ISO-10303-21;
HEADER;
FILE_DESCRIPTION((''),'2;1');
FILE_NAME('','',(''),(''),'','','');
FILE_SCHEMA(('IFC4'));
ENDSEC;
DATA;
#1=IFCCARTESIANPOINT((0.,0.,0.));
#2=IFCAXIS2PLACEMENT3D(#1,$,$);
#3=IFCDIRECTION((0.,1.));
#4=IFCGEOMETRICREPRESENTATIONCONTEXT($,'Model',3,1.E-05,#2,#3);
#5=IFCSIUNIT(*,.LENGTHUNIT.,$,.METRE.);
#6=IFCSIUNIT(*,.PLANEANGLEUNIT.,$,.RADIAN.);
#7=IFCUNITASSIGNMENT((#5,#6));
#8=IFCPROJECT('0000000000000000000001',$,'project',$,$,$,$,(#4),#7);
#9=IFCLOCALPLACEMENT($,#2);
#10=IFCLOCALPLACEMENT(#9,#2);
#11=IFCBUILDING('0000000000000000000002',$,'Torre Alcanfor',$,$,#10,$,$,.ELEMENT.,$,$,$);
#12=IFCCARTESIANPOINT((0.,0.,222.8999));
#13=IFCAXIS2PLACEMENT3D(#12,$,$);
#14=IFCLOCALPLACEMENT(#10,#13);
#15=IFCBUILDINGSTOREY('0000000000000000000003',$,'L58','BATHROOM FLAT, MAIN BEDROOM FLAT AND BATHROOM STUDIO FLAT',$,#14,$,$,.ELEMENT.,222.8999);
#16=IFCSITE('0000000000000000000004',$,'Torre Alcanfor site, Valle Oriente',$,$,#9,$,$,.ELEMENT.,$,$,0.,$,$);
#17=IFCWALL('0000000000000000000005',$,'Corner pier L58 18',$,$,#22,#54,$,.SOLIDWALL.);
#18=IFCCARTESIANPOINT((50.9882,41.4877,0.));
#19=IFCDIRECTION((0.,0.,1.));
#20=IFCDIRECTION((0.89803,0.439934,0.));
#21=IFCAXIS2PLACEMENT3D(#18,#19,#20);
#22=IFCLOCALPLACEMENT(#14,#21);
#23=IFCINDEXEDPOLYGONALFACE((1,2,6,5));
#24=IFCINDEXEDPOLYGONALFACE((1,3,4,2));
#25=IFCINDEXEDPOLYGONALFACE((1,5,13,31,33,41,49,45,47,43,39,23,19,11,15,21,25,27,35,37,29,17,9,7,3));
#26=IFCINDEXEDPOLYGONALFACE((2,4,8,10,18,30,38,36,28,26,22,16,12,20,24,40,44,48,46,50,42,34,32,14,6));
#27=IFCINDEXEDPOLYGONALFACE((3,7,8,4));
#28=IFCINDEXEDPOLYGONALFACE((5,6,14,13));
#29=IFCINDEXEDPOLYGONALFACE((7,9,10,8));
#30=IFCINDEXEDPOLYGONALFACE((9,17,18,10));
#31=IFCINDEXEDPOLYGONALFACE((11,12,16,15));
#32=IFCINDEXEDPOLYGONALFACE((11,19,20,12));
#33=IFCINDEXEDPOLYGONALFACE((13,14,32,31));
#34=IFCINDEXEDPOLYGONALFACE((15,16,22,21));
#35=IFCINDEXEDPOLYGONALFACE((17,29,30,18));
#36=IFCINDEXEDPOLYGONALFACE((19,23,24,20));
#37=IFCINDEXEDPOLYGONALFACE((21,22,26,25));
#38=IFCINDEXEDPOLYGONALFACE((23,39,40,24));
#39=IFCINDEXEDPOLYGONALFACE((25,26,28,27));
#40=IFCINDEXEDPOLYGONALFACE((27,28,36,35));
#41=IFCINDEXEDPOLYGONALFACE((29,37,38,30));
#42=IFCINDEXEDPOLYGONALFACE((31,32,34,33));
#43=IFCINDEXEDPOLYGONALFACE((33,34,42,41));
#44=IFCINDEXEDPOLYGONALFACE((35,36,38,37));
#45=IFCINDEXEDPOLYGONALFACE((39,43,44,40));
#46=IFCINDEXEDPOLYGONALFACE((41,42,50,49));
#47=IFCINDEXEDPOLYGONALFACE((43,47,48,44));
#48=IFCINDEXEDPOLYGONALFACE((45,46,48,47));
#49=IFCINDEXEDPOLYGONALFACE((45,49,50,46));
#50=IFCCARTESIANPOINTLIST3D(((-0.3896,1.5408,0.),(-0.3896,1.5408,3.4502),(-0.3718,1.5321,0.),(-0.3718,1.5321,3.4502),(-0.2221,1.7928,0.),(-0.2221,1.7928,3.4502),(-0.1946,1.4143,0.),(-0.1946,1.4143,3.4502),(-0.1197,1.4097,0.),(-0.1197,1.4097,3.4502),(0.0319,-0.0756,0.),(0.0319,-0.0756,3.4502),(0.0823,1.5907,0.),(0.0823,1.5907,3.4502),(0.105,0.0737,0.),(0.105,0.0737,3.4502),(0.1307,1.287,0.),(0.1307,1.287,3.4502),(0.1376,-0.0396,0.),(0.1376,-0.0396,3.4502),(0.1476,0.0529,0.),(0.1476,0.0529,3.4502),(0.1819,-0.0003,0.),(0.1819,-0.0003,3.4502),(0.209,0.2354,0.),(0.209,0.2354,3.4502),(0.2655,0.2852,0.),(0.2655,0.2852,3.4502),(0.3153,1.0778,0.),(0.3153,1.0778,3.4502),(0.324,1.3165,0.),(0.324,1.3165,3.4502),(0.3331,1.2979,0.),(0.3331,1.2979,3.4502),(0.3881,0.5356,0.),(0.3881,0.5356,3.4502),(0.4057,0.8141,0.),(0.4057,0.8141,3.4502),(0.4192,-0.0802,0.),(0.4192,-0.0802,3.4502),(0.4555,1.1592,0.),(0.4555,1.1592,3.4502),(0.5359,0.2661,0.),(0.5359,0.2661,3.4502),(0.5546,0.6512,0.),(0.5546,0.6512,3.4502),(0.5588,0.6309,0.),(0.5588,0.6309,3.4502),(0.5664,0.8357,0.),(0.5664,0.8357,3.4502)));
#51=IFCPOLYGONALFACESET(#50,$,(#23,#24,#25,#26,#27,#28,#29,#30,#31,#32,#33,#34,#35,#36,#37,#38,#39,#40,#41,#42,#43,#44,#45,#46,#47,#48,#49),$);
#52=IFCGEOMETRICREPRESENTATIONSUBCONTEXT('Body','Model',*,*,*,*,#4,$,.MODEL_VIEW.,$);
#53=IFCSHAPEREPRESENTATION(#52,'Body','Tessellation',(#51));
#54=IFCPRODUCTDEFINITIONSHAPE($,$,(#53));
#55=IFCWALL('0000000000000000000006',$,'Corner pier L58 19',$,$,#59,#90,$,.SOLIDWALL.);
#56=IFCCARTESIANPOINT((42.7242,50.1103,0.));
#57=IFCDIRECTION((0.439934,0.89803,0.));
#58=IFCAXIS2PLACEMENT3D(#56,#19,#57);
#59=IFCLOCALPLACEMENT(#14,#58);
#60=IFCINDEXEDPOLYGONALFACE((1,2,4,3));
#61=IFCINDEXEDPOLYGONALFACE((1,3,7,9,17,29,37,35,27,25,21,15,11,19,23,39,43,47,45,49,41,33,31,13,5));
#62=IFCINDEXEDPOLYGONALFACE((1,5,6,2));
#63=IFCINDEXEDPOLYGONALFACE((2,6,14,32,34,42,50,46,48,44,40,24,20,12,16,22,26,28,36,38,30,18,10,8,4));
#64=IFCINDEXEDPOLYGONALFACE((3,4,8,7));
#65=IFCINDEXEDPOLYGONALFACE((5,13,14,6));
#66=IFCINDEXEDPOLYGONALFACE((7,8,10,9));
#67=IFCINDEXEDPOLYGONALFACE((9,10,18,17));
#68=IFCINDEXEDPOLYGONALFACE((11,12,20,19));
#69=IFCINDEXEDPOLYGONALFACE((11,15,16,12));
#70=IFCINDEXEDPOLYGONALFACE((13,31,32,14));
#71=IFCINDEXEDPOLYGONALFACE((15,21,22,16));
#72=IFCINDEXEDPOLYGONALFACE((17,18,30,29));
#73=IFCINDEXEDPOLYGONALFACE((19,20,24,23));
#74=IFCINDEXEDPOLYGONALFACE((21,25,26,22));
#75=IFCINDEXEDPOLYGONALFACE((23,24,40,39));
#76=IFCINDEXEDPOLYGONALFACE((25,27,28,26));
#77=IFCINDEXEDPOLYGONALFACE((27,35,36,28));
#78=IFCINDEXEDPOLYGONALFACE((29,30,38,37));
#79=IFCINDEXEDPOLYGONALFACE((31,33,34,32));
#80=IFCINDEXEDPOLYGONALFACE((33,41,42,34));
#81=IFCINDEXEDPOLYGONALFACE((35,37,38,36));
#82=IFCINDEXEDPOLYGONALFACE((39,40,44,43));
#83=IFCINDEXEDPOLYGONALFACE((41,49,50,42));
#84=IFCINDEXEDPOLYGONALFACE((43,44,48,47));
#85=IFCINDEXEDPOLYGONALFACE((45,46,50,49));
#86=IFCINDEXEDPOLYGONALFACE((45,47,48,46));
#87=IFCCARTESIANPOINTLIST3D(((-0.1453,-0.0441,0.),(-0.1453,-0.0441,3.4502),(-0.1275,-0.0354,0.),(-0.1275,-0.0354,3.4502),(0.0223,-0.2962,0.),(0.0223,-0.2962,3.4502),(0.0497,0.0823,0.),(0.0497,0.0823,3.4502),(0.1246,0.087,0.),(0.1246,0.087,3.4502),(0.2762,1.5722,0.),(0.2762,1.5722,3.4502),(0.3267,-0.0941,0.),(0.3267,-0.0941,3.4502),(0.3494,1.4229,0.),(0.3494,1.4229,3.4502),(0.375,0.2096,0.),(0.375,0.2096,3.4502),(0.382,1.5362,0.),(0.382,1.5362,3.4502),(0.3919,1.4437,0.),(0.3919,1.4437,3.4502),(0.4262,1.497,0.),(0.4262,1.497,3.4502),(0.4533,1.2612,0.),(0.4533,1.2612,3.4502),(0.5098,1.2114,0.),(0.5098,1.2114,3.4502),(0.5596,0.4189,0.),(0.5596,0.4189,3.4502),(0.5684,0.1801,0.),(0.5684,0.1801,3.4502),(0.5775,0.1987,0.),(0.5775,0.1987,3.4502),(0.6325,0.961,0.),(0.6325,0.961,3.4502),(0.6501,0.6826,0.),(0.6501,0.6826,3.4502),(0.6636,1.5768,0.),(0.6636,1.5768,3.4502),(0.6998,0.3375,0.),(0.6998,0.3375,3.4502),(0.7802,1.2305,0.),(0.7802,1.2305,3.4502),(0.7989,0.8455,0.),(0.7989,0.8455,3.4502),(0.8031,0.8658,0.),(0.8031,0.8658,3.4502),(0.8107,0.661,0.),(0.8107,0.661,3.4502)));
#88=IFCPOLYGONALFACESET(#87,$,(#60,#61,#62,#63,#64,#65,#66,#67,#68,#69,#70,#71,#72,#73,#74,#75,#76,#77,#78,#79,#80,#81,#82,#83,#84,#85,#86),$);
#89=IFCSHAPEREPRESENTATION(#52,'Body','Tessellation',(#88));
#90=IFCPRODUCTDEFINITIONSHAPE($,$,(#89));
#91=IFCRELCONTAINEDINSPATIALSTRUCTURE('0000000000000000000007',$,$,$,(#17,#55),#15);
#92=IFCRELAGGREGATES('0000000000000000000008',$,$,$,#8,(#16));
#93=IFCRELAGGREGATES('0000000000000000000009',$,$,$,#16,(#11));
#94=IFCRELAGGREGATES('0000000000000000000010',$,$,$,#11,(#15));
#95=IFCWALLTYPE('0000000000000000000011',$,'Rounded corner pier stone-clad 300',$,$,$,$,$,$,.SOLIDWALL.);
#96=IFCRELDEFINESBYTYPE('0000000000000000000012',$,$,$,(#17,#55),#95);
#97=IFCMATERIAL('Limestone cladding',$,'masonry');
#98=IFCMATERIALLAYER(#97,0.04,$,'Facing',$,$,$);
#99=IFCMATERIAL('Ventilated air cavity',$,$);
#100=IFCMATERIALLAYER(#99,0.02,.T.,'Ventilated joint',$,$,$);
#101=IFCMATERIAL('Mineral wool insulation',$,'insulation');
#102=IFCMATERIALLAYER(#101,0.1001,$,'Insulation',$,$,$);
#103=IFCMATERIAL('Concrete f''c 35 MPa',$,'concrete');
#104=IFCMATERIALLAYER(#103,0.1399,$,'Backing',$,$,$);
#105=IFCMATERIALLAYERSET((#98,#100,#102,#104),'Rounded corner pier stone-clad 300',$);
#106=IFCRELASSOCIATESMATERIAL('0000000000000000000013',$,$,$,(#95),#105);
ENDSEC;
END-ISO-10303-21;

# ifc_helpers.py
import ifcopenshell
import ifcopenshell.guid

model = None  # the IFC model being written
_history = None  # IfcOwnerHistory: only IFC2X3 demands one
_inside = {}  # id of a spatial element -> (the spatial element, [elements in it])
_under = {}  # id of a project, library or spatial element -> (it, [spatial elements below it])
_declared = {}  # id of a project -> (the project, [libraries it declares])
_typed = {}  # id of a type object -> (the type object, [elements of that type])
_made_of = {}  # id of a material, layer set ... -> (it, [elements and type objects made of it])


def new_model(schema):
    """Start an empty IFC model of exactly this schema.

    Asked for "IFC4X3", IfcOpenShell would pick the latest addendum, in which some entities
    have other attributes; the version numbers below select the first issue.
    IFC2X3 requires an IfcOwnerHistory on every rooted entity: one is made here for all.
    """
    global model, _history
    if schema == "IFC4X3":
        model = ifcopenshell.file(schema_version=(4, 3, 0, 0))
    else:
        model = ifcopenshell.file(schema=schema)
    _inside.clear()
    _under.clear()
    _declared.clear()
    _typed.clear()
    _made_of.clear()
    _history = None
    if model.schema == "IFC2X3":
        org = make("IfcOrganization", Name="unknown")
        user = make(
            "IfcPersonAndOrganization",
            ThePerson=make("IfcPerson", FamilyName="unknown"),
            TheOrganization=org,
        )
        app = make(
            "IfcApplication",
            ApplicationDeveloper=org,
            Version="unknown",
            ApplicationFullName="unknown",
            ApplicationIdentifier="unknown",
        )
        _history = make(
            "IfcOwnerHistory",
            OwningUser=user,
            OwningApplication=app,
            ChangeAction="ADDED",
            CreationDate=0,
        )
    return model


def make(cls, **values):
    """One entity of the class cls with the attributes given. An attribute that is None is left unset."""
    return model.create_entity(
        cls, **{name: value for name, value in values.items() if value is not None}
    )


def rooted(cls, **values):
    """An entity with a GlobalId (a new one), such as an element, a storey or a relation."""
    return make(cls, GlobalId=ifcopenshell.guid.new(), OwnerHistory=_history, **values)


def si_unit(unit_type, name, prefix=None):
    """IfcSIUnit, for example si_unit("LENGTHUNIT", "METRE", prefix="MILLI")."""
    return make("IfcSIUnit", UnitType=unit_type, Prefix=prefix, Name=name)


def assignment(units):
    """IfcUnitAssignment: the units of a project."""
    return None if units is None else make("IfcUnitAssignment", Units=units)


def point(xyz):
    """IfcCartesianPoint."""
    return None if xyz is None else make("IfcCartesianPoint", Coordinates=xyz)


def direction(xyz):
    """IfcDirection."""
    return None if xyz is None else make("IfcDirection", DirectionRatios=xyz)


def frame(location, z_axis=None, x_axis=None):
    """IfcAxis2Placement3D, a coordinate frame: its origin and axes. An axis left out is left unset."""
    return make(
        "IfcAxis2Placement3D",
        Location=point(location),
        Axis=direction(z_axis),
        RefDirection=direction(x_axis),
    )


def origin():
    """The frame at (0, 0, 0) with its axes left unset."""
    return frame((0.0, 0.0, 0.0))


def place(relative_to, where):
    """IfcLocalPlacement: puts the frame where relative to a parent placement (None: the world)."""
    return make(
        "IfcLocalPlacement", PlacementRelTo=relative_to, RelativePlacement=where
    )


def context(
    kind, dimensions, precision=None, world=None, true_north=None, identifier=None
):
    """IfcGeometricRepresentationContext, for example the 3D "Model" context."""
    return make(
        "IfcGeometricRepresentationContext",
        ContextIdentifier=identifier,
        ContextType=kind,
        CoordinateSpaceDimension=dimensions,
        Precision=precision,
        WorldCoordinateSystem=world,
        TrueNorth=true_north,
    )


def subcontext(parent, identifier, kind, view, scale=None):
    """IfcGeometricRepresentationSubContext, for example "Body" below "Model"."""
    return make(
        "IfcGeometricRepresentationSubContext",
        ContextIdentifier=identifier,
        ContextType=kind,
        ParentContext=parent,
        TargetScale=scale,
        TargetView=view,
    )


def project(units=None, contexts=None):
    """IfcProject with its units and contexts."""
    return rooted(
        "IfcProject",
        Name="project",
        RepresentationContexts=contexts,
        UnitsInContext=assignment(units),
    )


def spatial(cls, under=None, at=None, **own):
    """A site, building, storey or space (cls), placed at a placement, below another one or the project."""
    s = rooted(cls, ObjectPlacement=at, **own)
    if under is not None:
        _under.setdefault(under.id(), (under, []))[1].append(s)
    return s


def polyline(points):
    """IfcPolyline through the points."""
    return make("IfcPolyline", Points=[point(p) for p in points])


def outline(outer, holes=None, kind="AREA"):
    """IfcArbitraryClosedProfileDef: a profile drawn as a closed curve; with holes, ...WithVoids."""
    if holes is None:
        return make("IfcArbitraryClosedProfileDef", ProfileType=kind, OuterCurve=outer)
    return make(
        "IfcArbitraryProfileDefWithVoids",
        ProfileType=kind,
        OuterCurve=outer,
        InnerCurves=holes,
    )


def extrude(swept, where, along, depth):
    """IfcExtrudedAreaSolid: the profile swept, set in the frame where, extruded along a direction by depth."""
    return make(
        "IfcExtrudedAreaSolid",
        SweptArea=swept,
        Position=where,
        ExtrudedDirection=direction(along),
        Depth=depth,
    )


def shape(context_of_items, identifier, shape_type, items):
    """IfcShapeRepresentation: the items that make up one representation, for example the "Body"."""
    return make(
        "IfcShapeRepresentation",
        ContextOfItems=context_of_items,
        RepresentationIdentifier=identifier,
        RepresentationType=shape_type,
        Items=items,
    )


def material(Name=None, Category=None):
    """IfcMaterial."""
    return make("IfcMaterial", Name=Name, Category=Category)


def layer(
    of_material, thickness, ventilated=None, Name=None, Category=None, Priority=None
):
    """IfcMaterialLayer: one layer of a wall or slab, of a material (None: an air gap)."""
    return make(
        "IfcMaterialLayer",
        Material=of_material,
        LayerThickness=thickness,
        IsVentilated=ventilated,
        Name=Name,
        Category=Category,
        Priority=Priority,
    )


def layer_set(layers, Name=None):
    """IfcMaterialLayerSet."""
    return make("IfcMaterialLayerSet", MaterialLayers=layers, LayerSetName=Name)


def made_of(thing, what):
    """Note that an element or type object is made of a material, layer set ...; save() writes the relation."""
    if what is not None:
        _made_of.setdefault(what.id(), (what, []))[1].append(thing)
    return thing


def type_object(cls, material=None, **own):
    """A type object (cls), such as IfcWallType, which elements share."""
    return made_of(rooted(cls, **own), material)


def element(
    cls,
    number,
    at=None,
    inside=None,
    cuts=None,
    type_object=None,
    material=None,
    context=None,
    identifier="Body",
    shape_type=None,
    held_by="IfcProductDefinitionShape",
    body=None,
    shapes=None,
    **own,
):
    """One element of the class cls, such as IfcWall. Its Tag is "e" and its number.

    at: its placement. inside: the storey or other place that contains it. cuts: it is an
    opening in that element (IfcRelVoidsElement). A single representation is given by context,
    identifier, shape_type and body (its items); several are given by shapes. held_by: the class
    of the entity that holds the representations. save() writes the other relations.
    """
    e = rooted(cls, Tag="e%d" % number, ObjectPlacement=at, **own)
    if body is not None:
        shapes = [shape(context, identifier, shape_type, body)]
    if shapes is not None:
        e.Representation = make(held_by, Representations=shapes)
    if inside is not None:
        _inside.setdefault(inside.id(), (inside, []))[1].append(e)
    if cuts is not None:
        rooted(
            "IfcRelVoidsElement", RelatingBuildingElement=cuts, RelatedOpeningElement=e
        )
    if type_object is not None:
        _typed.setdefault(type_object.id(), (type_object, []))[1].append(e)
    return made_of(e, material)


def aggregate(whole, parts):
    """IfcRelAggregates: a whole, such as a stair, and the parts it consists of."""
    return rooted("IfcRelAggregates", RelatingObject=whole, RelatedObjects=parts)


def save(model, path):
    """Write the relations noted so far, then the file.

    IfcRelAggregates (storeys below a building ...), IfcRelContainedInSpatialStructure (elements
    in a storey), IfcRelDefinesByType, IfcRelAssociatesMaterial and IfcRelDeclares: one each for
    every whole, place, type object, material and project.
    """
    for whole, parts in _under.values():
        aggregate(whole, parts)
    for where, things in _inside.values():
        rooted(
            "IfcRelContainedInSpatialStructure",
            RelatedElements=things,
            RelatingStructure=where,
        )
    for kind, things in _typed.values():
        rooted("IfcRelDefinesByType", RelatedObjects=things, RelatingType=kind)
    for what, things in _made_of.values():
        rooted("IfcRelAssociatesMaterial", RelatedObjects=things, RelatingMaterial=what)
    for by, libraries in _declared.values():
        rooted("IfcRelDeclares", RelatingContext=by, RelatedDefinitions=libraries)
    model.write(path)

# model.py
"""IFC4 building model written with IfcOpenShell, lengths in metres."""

from ifc_helpers import new_model, si_unit, direction, frame, origin, place, context, subcontext, project, spatial, polyline, outline, extrude, material, layer, layer_set, type_object, element, save


model = new_model("IFC4")

# Units and contexts
model_context = context("Model", 3, precision=1e-05, world=origin(), true_north=direction((0.0, 1.0)))
body_context = subcontext(model_context, "Body", "Model", "MODEL_VIEW")
ifc_project = project(units=[si_unit("LENGTHUNIT", "METRE"), si_unit("PLANEANGLEUNIT", "RADIAN")], contexts=[model_context])

# Site, building, storey
site_placement = place(None, origin())
site = spatial("IfcSite", under=ifc_project, at=site_placement, Name="Torre Alcanfor site, Valle Oriente", CompositionType="ELEMENT", RefElevation=0.0)
building_placement = place(site_placement, origin())
building = spatial("IfcBuilding", under=site, at=building_placement, Name="Torre Alcanfor", CompositionType="ELEMENT")
storey_placement = place(building_placement, frame((0.0, 0.0, 222.8999)))
storey = spatial("IfcBuildingStorey", under=building, at=storey_placement, Name="L58", Description="BATHROOM FLAT, MAIN BEDROOM FLAT AND BATHROOM STUDIO FLAT", CompositionType="ELEMENT", Elevation=222.8999)

# Shared definitions
ifc_material_1 = material(Name="Limestone cladding", Category="masonry")
ifc_material_2 = material(Name="Ventilated air cavity")
ifc_material_3 = material(Name="Mineral wool insulation", Category="insulation")
ifc_material_4 = material(Name="Concrete f'c 35 MPa", Category="concrete")

# Walls
ifc_layer_1 = layer(ifc_material_1, 0.04, Name="Facing")
ifc_layer_2 = layer(ifc_material_2, 0.02, ventilated=True, Name="Ventilated joint")
ifc_layer_3 = layer(ifc_material_3, 0.1001, Name="Insulation")
ifc_layer_4 = layer(ifc_material_4, 0.1399, Name="Backing")
ifc_layer_set_1 = layer_set([ifc_layer_1, ifc_layer_2, ifc_layer_3, ifc_layer_4], Name="Rounded corner pier stone-clad 300")
wall_type_1 = type_object("IfcWallType", Name="Rounded corner pier stone-clad 300", PredefinedType="SOLIDWALL", material=ifc_layer_set_1)
wall_1_placement = place(storey_placement, frame((50.9882, 41.4877, 0.0), z_axis=(0.0, 0.0, 1.0), x_axis=(0.89803, 0.439934, 0.0)))
element("IfcWall", 1, at=wall_1_placement, inside=storey, type_object=wall_type_1, Name="Corner pier L58 18", PredefinedType="SOLIDWALL", context=body_context, shape_type="SweptSolid", body=[
    extrude(outline(polyline([(0.1376, -0.0396), (0.1819, -0.0003), (0.4192, -0.0802), (0.5359, 0.2661), (0.5588, 0.6309), (0.5546, 0.6512), (0.5664, 0.8357), (0.4555, 1.1592), (0.3331, 1.2979), (0.324, 1.3165), (0.0823, 1.5907), (-0.2221, 1.7928), (-0.3896, 1.5408), (-0.3718, 1.5321), (-0.1946, 1.4143), (-0.1197, 1.4097), (0.1307, 1.287), (0.3153, 1.0778), (0.4057, 0.8141), (0.3881, 0.5356), (0.2655, 0.2852), (0.209, 0.2354), (0.1476, 0.0529), (0.105, 0.0737), (0.0319, -0.0756), (0.1376, -0.0396)])), origin(), (0.0, 0.0, 1.0), 3.4502),
])
wall_2_placement = place(storey_placement, frame((42.7242, 50.1103, 0.0), z_axis=(0.0, 0.0, 1.0), x_axis=(0.439934, 0.89803, 0.0)))
element("IfcWall", 2, at=wall_2_placement, inside=storey, type_object=wall_type_1, Name="Corner pier L58 19", PredefinedType="SOLIDWALL", context=body_context, shape_type="SweptSolid", body=[
    extrude(outline(polyline([(-0.1453, -0.0441), (0.0223, -0.2962), (0.3267, -0.0941), (0.5684, 0.1801), (0.5775, 0.1987), (0.6998, 0.3375), (0.8107, 0.661), (0.7989, 0.8455), (0.8031, 0.8658), (0.7802, 1.2305), (0.6636, 1.5768), (0.4262, 1.497), (0.382, 1.5362), (0.2762, 1.5722), (0.3494, 1.4229), (0.3919, 1.4437), (0.4533, 1.2612), (0.5098, 1.2114), (0.6325, 0.961), (0.6501, 0.6826), (0.5596, 0.4189), (0.375, 0.2096), (0.1246, 0.087), (0.0497, 0.0823), (-0.1275, -0.0354), (-0.1453, -0.0441)])), origin(), (0.0, 0.0, 1.0), 3.4502),
])

save(model, "model.ifc")
